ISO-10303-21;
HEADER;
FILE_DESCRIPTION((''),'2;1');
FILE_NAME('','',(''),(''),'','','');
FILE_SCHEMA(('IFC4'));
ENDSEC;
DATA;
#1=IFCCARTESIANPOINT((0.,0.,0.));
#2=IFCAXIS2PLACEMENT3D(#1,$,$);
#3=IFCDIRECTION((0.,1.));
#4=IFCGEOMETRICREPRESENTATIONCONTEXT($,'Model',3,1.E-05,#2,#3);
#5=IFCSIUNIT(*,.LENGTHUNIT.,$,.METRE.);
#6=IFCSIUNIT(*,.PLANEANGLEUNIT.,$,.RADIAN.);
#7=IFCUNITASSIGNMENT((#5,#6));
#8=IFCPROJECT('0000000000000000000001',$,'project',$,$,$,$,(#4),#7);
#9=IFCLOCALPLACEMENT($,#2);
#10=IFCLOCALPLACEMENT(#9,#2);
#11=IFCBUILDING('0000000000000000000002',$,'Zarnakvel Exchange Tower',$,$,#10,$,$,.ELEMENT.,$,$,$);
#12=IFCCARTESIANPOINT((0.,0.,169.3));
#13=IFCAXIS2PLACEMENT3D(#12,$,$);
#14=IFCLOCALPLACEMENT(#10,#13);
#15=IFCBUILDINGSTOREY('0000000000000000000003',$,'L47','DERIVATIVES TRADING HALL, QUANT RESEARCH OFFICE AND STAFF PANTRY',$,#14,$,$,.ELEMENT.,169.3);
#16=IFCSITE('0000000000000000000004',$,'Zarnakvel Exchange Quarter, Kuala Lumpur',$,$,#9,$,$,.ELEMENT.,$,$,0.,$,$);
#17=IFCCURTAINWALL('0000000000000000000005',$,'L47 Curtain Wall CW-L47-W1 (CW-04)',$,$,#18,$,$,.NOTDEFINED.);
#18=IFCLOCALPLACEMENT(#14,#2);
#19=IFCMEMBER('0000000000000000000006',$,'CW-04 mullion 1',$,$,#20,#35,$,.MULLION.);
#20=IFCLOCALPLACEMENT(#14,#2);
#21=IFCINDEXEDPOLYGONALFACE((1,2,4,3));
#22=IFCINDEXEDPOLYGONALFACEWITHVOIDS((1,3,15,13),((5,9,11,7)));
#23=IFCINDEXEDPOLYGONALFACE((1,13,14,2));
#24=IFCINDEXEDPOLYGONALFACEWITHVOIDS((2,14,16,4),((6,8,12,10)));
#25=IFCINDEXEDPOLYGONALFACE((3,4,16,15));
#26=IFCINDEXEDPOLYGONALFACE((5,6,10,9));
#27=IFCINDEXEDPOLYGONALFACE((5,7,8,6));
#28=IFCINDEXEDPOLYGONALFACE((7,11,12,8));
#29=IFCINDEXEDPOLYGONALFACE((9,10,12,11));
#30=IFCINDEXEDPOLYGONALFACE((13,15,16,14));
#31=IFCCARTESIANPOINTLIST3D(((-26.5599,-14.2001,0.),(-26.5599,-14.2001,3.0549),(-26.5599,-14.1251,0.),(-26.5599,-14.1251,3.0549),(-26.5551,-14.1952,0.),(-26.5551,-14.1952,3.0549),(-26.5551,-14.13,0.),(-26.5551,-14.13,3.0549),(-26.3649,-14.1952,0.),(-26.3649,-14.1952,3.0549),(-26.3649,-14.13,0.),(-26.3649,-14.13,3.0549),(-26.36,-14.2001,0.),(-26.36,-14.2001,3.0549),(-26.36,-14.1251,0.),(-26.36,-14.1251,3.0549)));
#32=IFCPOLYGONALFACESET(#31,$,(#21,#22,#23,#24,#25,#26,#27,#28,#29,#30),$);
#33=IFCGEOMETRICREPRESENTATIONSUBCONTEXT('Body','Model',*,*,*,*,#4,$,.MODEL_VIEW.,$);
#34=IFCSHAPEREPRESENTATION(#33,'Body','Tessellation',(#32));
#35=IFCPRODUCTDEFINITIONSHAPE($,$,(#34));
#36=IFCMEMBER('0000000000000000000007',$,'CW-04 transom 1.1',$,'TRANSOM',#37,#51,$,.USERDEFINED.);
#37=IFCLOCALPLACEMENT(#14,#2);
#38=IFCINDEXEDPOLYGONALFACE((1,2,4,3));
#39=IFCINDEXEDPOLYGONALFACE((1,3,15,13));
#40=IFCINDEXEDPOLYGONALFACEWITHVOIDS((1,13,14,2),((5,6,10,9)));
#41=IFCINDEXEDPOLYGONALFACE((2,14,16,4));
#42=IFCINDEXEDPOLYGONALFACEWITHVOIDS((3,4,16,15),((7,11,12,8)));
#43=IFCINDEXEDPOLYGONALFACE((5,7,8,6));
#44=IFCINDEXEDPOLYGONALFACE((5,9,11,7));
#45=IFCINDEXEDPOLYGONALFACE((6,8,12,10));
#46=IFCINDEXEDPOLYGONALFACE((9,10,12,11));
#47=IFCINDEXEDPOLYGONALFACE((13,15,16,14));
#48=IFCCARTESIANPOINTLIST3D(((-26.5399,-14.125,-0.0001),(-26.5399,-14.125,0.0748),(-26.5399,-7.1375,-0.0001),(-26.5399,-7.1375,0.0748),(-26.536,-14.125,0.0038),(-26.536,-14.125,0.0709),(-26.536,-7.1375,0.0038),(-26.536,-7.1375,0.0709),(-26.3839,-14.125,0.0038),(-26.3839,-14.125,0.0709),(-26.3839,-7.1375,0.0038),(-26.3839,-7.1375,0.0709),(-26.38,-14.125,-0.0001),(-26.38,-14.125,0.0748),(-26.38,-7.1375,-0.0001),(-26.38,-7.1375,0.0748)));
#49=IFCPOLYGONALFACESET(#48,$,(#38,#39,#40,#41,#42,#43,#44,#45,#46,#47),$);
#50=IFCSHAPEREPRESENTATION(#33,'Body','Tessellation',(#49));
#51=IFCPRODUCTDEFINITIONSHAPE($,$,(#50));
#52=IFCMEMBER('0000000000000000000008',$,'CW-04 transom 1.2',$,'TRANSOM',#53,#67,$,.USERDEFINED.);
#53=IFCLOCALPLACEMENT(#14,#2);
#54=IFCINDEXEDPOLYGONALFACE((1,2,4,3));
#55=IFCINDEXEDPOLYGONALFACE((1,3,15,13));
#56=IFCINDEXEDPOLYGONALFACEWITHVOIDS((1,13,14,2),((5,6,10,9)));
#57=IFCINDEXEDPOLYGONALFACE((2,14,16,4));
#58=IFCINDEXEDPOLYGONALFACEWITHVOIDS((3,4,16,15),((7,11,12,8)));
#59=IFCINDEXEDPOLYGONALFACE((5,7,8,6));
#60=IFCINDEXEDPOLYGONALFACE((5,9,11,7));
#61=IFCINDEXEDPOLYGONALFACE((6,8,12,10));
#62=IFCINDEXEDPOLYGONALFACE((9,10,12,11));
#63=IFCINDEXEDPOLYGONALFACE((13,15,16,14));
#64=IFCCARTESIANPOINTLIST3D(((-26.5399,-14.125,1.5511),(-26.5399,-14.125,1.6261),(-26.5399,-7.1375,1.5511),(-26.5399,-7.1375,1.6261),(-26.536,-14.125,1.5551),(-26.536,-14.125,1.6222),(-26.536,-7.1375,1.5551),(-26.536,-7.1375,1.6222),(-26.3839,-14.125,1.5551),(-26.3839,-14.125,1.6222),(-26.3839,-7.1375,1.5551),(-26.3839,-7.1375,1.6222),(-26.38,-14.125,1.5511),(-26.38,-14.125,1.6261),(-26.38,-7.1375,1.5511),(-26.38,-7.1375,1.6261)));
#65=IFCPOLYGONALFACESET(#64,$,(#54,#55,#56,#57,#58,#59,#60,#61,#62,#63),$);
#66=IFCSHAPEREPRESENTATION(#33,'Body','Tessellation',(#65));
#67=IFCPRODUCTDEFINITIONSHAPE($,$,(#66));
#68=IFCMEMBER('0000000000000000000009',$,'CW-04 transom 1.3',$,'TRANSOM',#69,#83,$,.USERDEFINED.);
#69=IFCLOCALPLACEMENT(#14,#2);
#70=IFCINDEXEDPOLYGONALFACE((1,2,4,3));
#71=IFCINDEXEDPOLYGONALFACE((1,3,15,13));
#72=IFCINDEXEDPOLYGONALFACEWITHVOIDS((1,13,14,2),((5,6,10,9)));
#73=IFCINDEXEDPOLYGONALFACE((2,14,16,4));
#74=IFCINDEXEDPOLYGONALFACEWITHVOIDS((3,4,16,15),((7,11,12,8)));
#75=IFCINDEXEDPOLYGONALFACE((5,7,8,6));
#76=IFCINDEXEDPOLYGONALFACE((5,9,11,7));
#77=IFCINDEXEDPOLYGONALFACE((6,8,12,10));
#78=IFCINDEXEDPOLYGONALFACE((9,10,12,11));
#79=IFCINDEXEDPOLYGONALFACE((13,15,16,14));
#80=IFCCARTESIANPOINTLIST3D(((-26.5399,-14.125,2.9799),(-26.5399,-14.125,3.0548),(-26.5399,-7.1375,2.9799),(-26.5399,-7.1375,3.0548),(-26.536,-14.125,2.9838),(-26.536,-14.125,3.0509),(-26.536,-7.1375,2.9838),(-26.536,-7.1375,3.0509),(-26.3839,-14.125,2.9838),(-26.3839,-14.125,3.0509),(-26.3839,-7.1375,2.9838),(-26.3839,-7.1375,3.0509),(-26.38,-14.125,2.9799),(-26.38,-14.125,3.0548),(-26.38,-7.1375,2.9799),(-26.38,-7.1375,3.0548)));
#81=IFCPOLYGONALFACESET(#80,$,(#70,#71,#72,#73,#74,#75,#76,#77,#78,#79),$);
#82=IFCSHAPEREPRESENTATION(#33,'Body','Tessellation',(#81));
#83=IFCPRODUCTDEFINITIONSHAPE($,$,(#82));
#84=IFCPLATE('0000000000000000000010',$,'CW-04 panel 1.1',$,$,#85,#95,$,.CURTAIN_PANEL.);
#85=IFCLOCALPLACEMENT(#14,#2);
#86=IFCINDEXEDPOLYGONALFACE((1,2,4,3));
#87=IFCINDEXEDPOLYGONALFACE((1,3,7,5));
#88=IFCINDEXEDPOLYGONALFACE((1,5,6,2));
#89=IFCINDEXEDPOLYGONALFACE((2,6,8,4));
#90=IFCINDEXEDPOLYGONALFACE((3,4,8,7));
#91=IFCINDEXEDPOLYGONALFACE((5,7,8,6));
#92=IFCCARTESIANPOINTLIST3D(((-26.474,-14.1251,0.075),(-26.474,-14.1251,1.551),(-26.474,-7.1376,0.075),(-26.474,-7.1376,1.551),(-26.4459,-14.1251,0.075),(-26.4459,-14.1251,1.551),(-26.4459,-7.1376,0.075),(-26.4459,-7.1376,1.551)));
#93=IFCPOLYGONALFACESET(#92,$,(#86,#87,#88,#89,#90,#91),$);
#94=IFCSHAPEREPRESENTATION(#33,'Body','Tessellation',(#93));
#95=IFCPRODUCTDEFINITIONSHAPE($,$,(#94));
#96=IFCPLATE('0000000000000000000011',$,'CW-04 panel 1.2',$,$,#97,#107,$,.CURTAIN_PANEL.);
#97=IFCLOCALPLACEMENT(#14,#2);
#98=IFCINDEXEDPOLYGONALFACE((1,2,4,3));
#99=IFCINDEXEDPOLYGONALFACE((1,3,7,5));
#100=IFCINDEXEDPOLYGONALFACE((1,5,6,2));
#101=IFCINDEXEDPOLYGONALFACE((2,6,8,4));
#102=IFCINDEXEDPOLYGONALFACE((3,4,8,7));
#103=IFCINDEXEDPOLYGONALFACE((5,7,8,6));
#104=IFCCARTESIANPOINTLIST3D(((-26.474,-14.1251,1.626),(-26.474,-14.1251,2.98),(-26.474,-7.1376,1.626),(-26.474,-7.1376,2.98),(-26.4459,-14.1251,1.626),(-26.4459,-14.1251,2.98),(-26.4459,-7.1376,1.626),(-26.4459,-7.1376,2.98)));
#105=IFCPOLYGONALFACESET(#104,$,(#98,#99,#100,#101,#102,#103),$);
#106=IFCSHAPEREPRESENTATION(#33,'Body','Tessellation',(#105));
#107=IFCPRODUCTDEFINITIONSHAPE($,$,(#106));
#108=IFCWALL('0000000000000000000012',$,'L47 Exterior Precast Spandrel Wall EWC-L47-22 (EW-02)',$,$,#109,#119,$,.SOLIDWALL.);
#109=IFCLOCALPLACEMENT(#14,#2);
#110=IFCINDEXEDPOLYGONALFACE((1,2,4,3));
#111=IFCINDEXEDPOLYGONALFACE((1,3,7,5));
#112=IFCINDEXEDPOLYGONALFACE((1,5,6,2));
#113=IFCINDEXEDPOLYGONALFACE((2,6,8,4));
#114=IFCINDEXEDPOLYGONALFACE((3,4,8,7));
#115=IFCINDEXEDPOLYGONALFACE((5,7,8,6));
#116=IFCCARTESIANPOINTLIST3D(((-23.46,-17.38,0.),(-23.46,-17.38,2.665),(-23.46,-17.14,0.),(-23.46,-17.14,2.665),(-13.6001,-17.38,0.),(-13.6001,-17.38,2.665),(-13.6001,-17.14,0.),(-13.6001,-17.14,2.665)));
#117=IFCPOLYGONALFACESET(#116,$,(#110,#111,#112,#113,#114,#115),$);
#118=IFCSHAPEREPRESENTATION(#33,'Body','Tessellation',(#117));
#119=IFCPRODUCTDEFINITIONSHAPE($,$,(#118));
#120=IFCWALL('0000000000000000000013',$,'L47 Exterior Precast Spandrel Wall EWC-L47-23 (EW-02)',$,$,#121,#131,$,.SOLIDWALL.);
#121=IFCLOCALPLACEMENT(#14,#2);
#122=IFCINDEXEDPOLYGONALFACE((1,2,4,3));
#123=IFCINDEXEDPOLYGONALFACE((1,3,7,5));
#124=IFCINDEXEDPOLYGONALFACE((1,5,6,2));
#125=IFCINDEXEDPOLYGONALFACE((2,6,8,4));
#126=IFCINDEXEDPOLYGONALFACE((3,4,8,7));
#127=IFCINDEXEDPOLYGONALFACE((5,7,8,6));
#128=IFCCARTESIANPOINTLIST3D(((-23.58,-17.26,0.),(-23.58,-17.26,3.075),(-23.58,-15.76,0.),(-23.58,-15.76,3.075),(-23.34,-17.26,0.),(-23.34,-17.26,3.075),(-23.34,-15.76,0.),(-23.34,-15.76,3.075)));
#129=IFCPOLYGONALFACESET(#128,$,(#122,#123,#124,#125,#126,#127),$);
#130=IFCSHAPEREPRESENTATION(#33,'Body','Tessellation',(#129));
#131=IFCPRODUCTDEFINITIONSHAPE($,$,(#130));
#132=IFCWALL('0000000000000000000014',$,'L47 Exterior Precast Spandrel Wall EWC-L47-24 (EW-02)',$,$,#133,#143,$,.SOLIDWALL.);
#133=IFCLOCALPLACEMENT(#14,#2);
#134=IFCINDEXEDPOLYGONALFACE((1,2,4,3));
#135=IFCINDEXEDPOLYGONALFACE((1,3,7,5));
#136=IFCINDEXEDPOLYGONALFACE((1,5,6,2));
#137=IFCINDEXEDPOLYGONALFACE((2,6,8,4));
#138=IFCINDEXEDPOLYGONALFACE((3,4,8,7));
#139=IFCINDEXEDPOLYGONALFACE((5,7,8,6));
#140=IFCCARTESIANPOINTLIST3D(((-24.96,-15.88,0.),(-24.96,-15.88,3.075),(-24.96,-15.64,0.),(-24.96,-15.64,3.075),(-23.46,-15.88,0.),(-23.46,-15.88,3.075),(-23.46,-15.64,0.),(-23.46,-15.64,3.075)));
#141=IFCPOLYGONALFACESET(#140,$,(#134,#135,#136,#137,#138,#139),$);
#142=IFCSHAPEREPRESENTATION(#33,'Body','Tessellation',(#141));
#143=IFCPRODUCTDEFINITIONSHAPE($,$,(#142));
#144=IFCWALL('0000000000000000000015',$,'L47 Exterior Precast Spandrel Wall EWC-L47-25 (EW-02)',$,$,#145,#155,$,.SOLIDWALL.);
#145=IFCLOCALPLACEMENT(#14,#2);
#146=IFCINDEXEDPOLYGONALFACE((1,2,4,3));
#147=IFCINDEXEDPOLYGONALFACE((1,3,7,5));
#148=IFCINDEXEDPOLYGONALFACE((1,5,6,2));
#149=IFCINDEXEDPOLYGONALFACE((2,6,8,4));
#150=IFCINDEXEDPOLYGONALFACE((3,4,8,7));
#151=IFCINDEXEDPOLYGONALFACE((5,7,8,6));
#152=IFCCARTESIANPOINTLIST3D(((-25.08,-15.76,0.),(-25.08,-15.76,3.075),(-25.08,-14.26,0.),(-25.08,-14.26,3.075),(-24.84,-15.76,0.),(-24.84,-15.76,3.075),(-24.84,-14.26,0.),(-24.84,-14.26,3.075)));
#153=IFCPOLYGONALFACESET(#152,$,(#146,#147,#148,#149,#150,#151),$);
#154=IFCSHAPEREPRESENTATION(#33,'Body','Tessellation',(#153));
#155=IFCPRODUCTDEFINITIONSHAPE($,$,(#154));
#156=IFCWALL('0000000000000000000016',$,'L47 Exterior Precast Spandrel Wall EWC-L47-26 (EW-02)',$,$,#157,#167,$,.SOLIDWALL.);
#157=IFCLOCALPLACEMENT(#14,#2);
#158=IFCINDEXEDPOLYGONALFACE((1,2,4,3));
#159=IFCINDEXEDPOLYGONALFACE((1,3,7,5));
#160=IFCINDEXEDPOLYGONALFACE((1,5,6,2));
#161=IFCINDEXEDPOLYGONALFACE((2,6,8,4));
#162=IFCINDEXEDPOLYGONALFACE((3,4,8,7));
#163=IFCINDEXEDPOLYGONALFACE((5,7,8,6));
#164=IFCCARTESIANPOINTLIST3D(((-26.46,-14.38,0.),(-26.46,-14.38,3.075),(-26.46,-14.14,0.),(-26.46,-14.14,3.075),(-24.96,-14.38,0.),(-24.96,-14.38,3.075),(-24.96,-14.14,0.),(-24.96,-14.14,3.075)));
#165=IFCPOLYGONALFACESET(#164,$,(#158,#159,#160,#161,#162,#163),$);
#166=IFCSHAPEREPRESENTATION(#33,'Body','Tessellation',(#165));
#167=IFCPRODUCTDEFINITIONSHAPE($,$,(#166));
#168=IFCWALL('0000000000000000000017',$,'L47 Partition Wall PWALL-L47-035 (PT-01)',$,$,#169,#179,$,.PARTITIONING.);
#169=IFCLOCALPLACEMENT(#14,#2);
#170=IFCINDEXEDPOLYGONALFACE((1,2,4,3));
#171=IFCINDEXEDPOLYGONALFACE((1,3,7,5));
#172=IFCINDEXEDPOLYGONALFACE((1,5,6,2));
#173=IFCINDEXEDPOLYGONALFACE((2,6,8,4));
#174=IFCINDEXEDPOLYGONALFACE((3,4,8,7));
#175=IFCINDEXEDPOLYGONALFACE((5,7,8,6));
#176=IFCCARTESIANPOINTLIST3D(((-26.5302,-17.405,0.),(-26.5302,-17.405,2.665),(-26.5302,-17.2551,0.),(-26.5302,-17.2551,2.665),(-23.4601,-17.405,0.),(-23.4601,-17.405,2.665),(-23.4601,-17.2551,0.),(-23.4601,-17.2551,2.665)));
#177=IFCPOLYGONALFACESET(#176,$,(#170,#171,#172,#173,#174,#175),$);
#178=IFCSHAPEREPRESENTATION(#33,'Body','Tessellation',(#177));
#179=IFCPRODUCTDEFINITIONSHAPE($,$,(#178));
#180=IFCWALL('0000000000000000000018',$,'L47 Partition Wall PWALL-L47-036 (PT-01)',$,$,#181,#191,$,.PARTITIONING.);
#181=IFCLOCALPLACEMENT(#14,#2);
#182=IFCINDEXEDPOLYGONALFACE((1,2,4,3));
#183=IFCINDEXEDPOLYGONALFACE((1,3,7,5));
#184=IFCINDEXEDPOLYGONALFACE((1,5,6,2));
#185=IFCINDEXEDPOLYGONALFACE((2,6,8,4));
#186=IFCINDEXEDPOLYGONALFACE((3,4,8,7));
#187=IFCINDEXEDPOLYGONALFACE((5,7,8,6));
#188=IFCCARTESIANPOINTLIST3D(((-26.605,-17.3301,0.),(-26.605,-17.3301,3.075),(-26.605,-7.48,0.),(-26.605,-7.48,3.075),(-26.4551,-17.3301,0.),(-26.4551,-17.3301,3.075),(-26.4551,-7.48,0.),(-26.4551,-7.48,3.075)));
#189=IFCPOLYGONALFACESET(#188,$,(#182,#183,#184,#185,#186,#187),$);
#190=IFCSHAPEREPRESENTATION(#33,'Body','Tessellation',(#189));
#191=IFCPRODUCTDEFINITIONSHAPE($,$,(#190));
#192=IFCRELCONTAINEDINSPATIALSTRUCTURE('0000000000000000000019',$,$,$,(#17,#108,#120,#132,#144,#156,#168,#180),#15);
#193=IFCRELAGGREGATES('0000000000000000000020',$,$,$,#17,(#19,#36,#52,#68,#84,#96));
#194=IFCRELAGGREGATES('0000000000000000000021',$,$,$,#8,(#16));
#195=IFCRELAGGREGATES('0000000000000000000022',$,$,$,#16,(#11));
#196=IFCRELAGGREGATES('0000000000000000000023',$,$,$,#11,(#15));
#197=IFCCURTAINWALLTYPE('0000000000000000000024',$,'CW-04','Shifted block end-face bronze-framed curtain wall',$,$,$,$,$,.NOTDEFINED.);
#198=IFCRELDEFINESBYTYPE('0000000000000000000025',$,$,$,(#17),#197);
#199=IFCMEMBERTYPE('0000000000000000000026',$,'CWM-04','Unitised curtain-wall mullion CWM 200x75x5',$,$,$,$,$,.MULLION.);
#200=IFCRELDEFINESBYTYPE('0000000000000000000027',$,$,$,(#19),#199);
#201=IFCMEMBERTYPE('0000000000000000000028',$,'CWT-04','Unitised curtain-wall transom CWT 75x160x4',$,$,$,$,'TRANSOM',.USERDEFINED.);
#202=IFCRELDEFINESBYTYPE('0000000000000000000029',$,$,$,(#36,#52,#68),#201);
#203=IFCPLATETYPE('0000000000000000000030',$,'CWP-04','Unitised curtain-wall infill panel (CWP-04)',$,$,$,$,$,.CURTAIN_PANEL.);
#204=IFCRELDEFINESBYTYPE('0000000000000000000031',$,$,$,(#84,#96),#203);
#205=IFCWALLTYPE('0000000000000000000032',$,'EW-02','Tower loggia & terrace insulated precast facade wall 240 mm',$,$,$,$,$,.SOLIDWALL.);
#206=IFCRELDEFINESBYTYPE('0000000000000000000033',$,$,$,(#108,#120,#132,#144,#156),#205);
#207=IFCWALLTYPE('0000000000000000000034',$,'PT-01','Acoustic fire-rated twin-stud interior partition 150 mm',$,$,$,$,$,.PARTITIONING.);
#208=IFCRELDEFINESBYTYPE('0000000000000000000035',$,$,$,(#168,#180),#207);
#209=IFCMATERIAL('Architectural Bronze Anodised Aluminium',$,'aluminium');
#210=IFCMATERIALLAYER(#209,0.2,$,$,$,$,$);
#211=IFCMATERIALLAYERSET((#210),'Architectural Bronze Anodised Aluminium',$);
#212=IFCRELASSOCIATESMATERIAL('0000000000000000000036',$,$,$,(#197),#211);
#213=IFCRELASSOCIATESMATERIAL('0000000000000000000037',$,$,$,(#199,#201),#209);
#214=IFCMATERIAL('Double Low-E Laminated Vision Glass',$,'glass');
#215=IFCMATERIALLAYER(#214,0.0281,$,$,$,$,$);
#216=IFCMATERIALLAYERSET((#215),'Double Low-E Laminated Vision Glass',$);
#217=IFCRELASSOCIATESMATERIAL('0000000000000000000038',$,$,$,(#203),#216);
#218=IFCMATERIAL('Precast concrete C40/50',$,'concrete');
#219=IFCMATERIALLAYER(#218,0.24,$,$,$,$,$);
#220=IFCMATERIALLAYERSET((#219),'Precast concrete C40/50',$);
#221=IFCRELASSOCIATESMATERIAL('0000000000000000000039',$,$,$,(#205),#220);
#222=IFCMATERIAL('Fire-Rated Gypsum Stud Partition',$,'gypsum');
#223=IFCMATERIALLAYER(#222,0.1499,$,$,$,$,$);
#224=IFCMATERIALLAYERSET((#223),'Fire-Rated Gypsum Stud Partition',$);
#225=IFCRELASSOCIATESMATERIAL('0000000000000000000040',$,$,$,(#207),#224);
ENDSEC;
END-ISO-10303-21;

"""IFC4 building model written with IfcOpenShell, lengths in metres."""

from ifc_helpers import new_model, si_unit, direction, frame, frame_2d, origin, origin_2d, place, context, subcontext, project, spatial, rectangle, hollow_rectangle, extrude, source, transform, mapped, material, layer, layer_set, material_profile, profile_set, type_object, element, aggregate, save


model = new_model("IFC4")

# Units and contexts
model_context = context("Model", 3, precision=1e-05, world=origin(), true_north=direction((0.0, 1.0)))
body_context = subcontext(model_context, "Body", "Model", "MODEL_VIEW")
ifc_project = project(units=[si_unit("LENGTHUNIT", "METRE"), si_unit("PLANEANGLEUNIT", "RADIAN")], contexts=[model_context])

# Site, building, storey
site_placement = place(None, origin())
site = spatial("IfcSite", under=ifc_project, at=site_placement, Name="Zarnakvel Exchange Quarter, Kuala Lumpur", CompositionType="ELEMENT", RefElevation=0.0)
building_placement = place(site_placement, origin())
building = spatial("IfcBuilding", under=site, at=building_placement, Name="Zarnakvel Exchange Tower", CompositionType="ELEMENT")
storey_placement = place(building_placement, frame((0.0, 0.0, 169.3)))
storey = spatial("IfcBuildingStorey", under=building, at=storey_placement, Name="L47", Description="DERIVATIVES TRADING HALL, QUANT RESEARCH OFFICE AND STAFF PANTRY", CompositionType="ELEMENT", Elevation=169.3)

# Curtain wall, members, plates
ifc_material_1 = material(Name="Architectural Bronze Anodised Aluminium", Category="aluminium")
ifc_layer_1 = layer(ifc_material_1, 0.2)
ifc_layer_set_1 = layer_set([ifc_layer_1], Name="Architectural Bronze Anodised Aluminium")
curtain_wall_type = type_object("IfcCurtainWallType", Name="CW-04", Description="Shifted block end-face bronze-framed curtain wall", PredefinedType="NOTDEFINED", material=ifc_layer_set_1)
curtain_wall_placement = place(storey_placement, origin())
curtain_wall = element("IfcCurtainWall", 1, at=curtain_wall_placement, inside=storey, type_object=curtain_wall_type, Name="L47 Curtain Wall CW-L47-W1 (CW-04)", PredefinedType="NOTDEFINED")
ifc_material_profile_1 = material_profile(ifc_material_1, hollow_rectangle(XDim=0.2, YDim=0.075, WallThickness=0.0049, at=origin_2d()))
ifc_profile_set_1 = profile_set([ifc_material_profile_1], Name="Architectural Bronze Anodised Aluminium")
member_type_1 = type_object("IfcMemberType", Name="CWM-04", Description="Unitised curtain-wall mullion CWM 200x75x5", PredefinedType="MULLION", material=ifc_profile_set_1)
shared_shape_1 = source(origin(), body_context, "Body", "SweptSolid", [
    extrude(hollow_rectangle(XDim=0.2, YDim=0.075, WallThickness=0.0049, at=origin_2d()), origin(), (0.0, 0.0, 1.0), 3.0549),
])
member_1_placement = place(storey_placement, frame((-26.46, -14.1626, 0.0), z_axis=(0.0, 0.0, 1.0), x_axis=(-1.0, 0.0, 0.0)))
member_1 = element("IfcMember", 2, at=member_1_placement, type_object=member_type_1, Name="CW-04 mullion 1", PredefinedType="MULLION", context=body_context, shape_type="MappedRepresentation", body=[
    mapped(shared_shape_1, transform((0.0, 0.0, 0.0), x_axis=(1.0, 0.0, 0.0), y_axis=(0.0, 1.0, 0.0), z_axis=(0.0, 0.0, 1.0), scale=1.0)),
])
ifc_material_profile_2 = material_profile(ifc_material_1, hollow_rectangle(XDim=0.1599, YDim=0.075, WallThickness=0.0039, at=origin_2d()))
ifc_profile_set_2 = profile_set([ifc_material_profile_2], Name="Architectural Bronze Anodised Aluminium")
member_type_2 = type_object("IfcMemberType", Name="CWT-04", Description="Unitised curtain-wall transom CWT 75x160x4", ElementType="TRANSOM", PredefinedType="USERDEFINED", material=ifc_profile_set_2)
shared_shape_2 = source(origin(), body_context, "Body", "SweptSolid", [
    extrude(hollow_rectangle(XDim=0.1599, YDim=0.075, WallThickness=0.0039, at=origin_2d()), origin(), (0.0, 0.0, 1.0), 6.9875),
])
member_2_placement = place(storey_placement, frame((-26.46, -14.125, 0.0374), z_axis=(0.0, 1.0, 0.0), x_axis=(-1.0, 0.0, 0.0)))
member_2 = element("IfcMember", 3, at=member_2_placement, type_object=member_type_2, Name="CW-04 transom 1.1", ObjectType="TRANSOM", PredefinedType="USERDEFINED", context=body_context, shape_type="MappedRepresentation", body=[
    mapped(shared_shape_2, transform((0.0, 0.0, 0.0), x_axis=(1.0, 0.0, 0.0), y_axis=(0.0, 1.0, 0.0), z_axis=(0.0, 0.0, 1.0), scale=1.0)),
])
member_3_placement = place(storey_placement, frame((-26.46, -14.125, 1.5886), z_axis=(0.0, 1.0, 0.0), x_axis=(-1.0, 0.0, 0.0)))
member_3 = element("IfcMember", 4, at=member_3_placement, type_object=member_type_2, Name="CW-04 transom 1.2", ObjectType="TRANSOM", PredefinedType="USERDEFINED", context=body_context, shape_type="MappedRepresentation", body=[
    mapped(shared_shape_2, transform((0.0, 0.0, 0.0), x_axis=(1.0, 0.0, 0.0), y_axis=(0.0, 1.0, 0.0), z_axis=(0.0, 0.0, 1.0), scale=1.0)),
])
member_4_placement = place(storey_placement, frame((-26.46, -14.125, 3.0173), z_axis=(0.0, 1.0, 0.0), x_axis=(-1.0, 0.0, 0.0)))
member_4 = element("IfcMember", 5, at=member_4_placement, type_object=member_type_2, Name="CW-04 transom 1.3", ObjectType="TRANSOM", PredefinedType="USERDEFINED", context=body_context, shape_type="MappedRepresentation", body=[
    mapped(shared_shape_2, transform((0.0, 0.0, 0.0), x_axis=(1.0, 0.0, 0.0), y_axis=(0.0, 1.0, 0.0), z_axis=(0.0, 0.0, 1.0), scale=1.0)),
])
ifc_material_2 = material(Name="Double Low-E Laminated Vision Glass", Category="glass")
ifc_layer_2 = layer(ifc_material_2, 0.0281)
ifc_layer_set_2 = layer_set([ifc_layer_2], Name="Double Low-E Laminated Vision Glass")
plate_type = type_object("IfcPlateType", Name="CWP-04", Description="Unitised curtain-wall infill panel (CWP-04)", PredefinedType="CURTAIN_PANEL", material=ifc_layer_set_2)
shared_shape_3 = source(origin(), body_context, "Body", "SweptSolid", [
    extrude(rectangle(XDim=6.9875, YDim=0.0281, at=origin_2d()), origin(), (0.0, 0.0, 1.0), 1.4761),
])
plate_1_placement = place(storey_placement, frame((-26.46, -10.6313, 0.075), z_axis=(0.0, 0.0, 1.0), x_axis=(0.0, 1.0, 0.0)))
plate_1 = element("IfcPlate", 6, at=plate_1_placement, type_object=plate_type, Name="CW-04 panel 1.1", PredefinedType="CURTAIN_PANEL", context=body_context, shape_type="MappedRepresentation", body=[
    mapped(shared_shape_3, transform((0.0, 0.0, 0.0), x_axis=(1.0, 0.0, 0.0), y_axis=(0.0, 1.0, 0.0), z_axis=(0.0, 0.0, 1.0), scale=1.0)),
])
shared_shape_4 = source(origin(), body_context, "Body", "SweptSolid", [
    extrude(rectangle(XDim=6.9875, YDim=0.0281, at=origin_2d()), origin(), (0.0, 0.0, 1.0), 1.354),
])
plate_2_placement = place(storey_placement, frame((-26.46, -10.6313, 1.626), z_axis=(0.0, 0.0, 1.0), x_axis=(0.0, 1.0, 0.0)))
plate_2 = element("IfcPlate", 7, at=plate_2_placement, type_object=plate_type, Name="CW-04 panel 1.2", PredefinedType="CURTAIN_PANEL", context=body_context, shape_type="MappedRepresentation", body=[
    mapped(shared_shape_4, transform((0.0, 0.0, 0.0), x_axis=(1.0, 0.0, 0.0), y_axis=(0.0, 1.0, 0.0), z_axis=(0.0, 0.0, 1.0), scale=1.0)),
])
aggregate(curtain_wall, [member_1, member_2, member_3, member_4, plate_1, plate_2])

# Walls
ifc_material_3 = material(Name="Precast concrete C40/50", Category="concrete")
ifc_layer_3 = layer(ifc_material_3, 0.24)
ifc_layer_set_3 = layer_set([ifc_layer_3], Name="Precast concrete C40/50")
wall_type_1 = type_object("IfcWallType", Name="EW-02", Description="Tower loggia & terrace insulated precast facade wall 240 mm", PredefinedType="SOLIDWALL", material=ifc_layer_set_3)
wall_1_placement = place(storey_placement, frame((-23.46, -17.26, 0.0), z_axis=(0.0, 0.0, 1.0), x_axis=(1.0, 0.0, 0.0)))
element("IfcWall", 8, at=wall_1_placement, inside=storey, type_object=wall_type_1, Name="L47 Exterior Precast Spandrel Wall EWC-L47-22 (EW-02)", PredefinedType="SOLIDWALL", context=body_context, shape_type="SweptSolid", body=[
    extrude(rectangle(XDim=9.8599, YDim=0.24, at=frame_2d((4.9299, 0.0))), origin(), (0.0, 0.0, 1.0), 2.665),
])
for number, where, z_axis, x_axis, name in (
    (9, (-23.46, -15.76, 0.0), (0.0, 0.0, 1.0), (0.0, -1.0, 0.0), "L47 Exterior Precast Spandrel Wall EWC-L47-23 (EW-02)"),
    (10, (-24.96, -15.76, 0.0), (0.0, 0.0, 1.0), (1.0, 0.0, 0.0), "L47 Exterior Precast Spandrel Wall EWC-L47-24 (EW-02)"),
    (11, (-24.96, -14.26, 0.0), (0.0, 0.0, 1.0), (0.0, -1.0, 0.0), "L47 Exterior Precast Spandrel Wall EWC-L47-25 (EW-02)"),
    (12, (-26.46, -14.26, 0.0), (0.0, 0.0, 1.0), (1.0, 0.0, 0.0), "L47 Exterior Precast Spandrel Wall EWC-L47-26 (EW-02)"),
):
    element("IfcWall", number, at=place(storey_placement, frame(where, z_axis=z_axis, x_axis=x_axis)), inside=storey, type_object=wall_type_1, Name=name, PredefinedType="SOLIDWALL", context=body_context, shape_type="SweptSolid", body=[
        extrude(rectangle(XDim=1.5, YDim=0.24, at=frame_2d((0.75, 0.0))), origin(), (0.0, 0.0, 1.0), 3.075),
    ])
ifc_material_4 = material(Name="Fire-Rated Gypsum Stud Partition", Category="gypsum")
ifc_layer_4 = layer(ifc_material_4, 0.1499)
ifc_layer_set_4 = layer_set([ifc_layer_4], Name="Fire-Rated Gypsum Stud Partition")
wall_type_2 = type_object("IfcWallType", Name="PT-01", Description="Acoustic fire-rated twin-stud interior partition 150 mm", PredefinedType="PARTITIONING", material=ifc_layer_set_4)
wall_2_placement = place(storey_placement, frame((-23.46, -17.3301, 0.0), z_axis=(0.0, 0.0, 1.0), x_axis=(-1.0, 0.0, 0.0)))
element("IfcWall", 13, at=wall_2_placement, inside=storey, type_object=wall_type_2, Name="L47 Partition Wall PWALL-L47-035 (PT-01)", PredefinedType="PARTITIONING", context=body_context, shape_type="SweptSolid", body=[
    extrude(rectangle(XDim=3.0701, YDim=0.1499, at=frame_2d((1.5352, 0.0))), origin(), (0.0, 0.0, 1.0), 2.665),
])
wall_3_placement = place(storey_placement, frame((-26.53, -17.3301, 0.0), z_axis=(0.0, 0.0, 1.0), x_axis=(0.0, 1.0, 0.0)))
element("IfcWall", 14, at=wall_3_placement, inside=storey, type_object=wall_type_2, Name="L47 Partition Wall PWALL-L47-036 (PT-01)", PredefinedType="PARTITIONING", context=body_context, shape_type="SweptSolid", body=[
    extrude(rectangle(XDim=9.8501, YDim=0.1499, at=frame_2d((4.925, 0.0))), origin(), (0.0, 0.0, 1.0), 3.075),
])

save(model, "model.ifc")
